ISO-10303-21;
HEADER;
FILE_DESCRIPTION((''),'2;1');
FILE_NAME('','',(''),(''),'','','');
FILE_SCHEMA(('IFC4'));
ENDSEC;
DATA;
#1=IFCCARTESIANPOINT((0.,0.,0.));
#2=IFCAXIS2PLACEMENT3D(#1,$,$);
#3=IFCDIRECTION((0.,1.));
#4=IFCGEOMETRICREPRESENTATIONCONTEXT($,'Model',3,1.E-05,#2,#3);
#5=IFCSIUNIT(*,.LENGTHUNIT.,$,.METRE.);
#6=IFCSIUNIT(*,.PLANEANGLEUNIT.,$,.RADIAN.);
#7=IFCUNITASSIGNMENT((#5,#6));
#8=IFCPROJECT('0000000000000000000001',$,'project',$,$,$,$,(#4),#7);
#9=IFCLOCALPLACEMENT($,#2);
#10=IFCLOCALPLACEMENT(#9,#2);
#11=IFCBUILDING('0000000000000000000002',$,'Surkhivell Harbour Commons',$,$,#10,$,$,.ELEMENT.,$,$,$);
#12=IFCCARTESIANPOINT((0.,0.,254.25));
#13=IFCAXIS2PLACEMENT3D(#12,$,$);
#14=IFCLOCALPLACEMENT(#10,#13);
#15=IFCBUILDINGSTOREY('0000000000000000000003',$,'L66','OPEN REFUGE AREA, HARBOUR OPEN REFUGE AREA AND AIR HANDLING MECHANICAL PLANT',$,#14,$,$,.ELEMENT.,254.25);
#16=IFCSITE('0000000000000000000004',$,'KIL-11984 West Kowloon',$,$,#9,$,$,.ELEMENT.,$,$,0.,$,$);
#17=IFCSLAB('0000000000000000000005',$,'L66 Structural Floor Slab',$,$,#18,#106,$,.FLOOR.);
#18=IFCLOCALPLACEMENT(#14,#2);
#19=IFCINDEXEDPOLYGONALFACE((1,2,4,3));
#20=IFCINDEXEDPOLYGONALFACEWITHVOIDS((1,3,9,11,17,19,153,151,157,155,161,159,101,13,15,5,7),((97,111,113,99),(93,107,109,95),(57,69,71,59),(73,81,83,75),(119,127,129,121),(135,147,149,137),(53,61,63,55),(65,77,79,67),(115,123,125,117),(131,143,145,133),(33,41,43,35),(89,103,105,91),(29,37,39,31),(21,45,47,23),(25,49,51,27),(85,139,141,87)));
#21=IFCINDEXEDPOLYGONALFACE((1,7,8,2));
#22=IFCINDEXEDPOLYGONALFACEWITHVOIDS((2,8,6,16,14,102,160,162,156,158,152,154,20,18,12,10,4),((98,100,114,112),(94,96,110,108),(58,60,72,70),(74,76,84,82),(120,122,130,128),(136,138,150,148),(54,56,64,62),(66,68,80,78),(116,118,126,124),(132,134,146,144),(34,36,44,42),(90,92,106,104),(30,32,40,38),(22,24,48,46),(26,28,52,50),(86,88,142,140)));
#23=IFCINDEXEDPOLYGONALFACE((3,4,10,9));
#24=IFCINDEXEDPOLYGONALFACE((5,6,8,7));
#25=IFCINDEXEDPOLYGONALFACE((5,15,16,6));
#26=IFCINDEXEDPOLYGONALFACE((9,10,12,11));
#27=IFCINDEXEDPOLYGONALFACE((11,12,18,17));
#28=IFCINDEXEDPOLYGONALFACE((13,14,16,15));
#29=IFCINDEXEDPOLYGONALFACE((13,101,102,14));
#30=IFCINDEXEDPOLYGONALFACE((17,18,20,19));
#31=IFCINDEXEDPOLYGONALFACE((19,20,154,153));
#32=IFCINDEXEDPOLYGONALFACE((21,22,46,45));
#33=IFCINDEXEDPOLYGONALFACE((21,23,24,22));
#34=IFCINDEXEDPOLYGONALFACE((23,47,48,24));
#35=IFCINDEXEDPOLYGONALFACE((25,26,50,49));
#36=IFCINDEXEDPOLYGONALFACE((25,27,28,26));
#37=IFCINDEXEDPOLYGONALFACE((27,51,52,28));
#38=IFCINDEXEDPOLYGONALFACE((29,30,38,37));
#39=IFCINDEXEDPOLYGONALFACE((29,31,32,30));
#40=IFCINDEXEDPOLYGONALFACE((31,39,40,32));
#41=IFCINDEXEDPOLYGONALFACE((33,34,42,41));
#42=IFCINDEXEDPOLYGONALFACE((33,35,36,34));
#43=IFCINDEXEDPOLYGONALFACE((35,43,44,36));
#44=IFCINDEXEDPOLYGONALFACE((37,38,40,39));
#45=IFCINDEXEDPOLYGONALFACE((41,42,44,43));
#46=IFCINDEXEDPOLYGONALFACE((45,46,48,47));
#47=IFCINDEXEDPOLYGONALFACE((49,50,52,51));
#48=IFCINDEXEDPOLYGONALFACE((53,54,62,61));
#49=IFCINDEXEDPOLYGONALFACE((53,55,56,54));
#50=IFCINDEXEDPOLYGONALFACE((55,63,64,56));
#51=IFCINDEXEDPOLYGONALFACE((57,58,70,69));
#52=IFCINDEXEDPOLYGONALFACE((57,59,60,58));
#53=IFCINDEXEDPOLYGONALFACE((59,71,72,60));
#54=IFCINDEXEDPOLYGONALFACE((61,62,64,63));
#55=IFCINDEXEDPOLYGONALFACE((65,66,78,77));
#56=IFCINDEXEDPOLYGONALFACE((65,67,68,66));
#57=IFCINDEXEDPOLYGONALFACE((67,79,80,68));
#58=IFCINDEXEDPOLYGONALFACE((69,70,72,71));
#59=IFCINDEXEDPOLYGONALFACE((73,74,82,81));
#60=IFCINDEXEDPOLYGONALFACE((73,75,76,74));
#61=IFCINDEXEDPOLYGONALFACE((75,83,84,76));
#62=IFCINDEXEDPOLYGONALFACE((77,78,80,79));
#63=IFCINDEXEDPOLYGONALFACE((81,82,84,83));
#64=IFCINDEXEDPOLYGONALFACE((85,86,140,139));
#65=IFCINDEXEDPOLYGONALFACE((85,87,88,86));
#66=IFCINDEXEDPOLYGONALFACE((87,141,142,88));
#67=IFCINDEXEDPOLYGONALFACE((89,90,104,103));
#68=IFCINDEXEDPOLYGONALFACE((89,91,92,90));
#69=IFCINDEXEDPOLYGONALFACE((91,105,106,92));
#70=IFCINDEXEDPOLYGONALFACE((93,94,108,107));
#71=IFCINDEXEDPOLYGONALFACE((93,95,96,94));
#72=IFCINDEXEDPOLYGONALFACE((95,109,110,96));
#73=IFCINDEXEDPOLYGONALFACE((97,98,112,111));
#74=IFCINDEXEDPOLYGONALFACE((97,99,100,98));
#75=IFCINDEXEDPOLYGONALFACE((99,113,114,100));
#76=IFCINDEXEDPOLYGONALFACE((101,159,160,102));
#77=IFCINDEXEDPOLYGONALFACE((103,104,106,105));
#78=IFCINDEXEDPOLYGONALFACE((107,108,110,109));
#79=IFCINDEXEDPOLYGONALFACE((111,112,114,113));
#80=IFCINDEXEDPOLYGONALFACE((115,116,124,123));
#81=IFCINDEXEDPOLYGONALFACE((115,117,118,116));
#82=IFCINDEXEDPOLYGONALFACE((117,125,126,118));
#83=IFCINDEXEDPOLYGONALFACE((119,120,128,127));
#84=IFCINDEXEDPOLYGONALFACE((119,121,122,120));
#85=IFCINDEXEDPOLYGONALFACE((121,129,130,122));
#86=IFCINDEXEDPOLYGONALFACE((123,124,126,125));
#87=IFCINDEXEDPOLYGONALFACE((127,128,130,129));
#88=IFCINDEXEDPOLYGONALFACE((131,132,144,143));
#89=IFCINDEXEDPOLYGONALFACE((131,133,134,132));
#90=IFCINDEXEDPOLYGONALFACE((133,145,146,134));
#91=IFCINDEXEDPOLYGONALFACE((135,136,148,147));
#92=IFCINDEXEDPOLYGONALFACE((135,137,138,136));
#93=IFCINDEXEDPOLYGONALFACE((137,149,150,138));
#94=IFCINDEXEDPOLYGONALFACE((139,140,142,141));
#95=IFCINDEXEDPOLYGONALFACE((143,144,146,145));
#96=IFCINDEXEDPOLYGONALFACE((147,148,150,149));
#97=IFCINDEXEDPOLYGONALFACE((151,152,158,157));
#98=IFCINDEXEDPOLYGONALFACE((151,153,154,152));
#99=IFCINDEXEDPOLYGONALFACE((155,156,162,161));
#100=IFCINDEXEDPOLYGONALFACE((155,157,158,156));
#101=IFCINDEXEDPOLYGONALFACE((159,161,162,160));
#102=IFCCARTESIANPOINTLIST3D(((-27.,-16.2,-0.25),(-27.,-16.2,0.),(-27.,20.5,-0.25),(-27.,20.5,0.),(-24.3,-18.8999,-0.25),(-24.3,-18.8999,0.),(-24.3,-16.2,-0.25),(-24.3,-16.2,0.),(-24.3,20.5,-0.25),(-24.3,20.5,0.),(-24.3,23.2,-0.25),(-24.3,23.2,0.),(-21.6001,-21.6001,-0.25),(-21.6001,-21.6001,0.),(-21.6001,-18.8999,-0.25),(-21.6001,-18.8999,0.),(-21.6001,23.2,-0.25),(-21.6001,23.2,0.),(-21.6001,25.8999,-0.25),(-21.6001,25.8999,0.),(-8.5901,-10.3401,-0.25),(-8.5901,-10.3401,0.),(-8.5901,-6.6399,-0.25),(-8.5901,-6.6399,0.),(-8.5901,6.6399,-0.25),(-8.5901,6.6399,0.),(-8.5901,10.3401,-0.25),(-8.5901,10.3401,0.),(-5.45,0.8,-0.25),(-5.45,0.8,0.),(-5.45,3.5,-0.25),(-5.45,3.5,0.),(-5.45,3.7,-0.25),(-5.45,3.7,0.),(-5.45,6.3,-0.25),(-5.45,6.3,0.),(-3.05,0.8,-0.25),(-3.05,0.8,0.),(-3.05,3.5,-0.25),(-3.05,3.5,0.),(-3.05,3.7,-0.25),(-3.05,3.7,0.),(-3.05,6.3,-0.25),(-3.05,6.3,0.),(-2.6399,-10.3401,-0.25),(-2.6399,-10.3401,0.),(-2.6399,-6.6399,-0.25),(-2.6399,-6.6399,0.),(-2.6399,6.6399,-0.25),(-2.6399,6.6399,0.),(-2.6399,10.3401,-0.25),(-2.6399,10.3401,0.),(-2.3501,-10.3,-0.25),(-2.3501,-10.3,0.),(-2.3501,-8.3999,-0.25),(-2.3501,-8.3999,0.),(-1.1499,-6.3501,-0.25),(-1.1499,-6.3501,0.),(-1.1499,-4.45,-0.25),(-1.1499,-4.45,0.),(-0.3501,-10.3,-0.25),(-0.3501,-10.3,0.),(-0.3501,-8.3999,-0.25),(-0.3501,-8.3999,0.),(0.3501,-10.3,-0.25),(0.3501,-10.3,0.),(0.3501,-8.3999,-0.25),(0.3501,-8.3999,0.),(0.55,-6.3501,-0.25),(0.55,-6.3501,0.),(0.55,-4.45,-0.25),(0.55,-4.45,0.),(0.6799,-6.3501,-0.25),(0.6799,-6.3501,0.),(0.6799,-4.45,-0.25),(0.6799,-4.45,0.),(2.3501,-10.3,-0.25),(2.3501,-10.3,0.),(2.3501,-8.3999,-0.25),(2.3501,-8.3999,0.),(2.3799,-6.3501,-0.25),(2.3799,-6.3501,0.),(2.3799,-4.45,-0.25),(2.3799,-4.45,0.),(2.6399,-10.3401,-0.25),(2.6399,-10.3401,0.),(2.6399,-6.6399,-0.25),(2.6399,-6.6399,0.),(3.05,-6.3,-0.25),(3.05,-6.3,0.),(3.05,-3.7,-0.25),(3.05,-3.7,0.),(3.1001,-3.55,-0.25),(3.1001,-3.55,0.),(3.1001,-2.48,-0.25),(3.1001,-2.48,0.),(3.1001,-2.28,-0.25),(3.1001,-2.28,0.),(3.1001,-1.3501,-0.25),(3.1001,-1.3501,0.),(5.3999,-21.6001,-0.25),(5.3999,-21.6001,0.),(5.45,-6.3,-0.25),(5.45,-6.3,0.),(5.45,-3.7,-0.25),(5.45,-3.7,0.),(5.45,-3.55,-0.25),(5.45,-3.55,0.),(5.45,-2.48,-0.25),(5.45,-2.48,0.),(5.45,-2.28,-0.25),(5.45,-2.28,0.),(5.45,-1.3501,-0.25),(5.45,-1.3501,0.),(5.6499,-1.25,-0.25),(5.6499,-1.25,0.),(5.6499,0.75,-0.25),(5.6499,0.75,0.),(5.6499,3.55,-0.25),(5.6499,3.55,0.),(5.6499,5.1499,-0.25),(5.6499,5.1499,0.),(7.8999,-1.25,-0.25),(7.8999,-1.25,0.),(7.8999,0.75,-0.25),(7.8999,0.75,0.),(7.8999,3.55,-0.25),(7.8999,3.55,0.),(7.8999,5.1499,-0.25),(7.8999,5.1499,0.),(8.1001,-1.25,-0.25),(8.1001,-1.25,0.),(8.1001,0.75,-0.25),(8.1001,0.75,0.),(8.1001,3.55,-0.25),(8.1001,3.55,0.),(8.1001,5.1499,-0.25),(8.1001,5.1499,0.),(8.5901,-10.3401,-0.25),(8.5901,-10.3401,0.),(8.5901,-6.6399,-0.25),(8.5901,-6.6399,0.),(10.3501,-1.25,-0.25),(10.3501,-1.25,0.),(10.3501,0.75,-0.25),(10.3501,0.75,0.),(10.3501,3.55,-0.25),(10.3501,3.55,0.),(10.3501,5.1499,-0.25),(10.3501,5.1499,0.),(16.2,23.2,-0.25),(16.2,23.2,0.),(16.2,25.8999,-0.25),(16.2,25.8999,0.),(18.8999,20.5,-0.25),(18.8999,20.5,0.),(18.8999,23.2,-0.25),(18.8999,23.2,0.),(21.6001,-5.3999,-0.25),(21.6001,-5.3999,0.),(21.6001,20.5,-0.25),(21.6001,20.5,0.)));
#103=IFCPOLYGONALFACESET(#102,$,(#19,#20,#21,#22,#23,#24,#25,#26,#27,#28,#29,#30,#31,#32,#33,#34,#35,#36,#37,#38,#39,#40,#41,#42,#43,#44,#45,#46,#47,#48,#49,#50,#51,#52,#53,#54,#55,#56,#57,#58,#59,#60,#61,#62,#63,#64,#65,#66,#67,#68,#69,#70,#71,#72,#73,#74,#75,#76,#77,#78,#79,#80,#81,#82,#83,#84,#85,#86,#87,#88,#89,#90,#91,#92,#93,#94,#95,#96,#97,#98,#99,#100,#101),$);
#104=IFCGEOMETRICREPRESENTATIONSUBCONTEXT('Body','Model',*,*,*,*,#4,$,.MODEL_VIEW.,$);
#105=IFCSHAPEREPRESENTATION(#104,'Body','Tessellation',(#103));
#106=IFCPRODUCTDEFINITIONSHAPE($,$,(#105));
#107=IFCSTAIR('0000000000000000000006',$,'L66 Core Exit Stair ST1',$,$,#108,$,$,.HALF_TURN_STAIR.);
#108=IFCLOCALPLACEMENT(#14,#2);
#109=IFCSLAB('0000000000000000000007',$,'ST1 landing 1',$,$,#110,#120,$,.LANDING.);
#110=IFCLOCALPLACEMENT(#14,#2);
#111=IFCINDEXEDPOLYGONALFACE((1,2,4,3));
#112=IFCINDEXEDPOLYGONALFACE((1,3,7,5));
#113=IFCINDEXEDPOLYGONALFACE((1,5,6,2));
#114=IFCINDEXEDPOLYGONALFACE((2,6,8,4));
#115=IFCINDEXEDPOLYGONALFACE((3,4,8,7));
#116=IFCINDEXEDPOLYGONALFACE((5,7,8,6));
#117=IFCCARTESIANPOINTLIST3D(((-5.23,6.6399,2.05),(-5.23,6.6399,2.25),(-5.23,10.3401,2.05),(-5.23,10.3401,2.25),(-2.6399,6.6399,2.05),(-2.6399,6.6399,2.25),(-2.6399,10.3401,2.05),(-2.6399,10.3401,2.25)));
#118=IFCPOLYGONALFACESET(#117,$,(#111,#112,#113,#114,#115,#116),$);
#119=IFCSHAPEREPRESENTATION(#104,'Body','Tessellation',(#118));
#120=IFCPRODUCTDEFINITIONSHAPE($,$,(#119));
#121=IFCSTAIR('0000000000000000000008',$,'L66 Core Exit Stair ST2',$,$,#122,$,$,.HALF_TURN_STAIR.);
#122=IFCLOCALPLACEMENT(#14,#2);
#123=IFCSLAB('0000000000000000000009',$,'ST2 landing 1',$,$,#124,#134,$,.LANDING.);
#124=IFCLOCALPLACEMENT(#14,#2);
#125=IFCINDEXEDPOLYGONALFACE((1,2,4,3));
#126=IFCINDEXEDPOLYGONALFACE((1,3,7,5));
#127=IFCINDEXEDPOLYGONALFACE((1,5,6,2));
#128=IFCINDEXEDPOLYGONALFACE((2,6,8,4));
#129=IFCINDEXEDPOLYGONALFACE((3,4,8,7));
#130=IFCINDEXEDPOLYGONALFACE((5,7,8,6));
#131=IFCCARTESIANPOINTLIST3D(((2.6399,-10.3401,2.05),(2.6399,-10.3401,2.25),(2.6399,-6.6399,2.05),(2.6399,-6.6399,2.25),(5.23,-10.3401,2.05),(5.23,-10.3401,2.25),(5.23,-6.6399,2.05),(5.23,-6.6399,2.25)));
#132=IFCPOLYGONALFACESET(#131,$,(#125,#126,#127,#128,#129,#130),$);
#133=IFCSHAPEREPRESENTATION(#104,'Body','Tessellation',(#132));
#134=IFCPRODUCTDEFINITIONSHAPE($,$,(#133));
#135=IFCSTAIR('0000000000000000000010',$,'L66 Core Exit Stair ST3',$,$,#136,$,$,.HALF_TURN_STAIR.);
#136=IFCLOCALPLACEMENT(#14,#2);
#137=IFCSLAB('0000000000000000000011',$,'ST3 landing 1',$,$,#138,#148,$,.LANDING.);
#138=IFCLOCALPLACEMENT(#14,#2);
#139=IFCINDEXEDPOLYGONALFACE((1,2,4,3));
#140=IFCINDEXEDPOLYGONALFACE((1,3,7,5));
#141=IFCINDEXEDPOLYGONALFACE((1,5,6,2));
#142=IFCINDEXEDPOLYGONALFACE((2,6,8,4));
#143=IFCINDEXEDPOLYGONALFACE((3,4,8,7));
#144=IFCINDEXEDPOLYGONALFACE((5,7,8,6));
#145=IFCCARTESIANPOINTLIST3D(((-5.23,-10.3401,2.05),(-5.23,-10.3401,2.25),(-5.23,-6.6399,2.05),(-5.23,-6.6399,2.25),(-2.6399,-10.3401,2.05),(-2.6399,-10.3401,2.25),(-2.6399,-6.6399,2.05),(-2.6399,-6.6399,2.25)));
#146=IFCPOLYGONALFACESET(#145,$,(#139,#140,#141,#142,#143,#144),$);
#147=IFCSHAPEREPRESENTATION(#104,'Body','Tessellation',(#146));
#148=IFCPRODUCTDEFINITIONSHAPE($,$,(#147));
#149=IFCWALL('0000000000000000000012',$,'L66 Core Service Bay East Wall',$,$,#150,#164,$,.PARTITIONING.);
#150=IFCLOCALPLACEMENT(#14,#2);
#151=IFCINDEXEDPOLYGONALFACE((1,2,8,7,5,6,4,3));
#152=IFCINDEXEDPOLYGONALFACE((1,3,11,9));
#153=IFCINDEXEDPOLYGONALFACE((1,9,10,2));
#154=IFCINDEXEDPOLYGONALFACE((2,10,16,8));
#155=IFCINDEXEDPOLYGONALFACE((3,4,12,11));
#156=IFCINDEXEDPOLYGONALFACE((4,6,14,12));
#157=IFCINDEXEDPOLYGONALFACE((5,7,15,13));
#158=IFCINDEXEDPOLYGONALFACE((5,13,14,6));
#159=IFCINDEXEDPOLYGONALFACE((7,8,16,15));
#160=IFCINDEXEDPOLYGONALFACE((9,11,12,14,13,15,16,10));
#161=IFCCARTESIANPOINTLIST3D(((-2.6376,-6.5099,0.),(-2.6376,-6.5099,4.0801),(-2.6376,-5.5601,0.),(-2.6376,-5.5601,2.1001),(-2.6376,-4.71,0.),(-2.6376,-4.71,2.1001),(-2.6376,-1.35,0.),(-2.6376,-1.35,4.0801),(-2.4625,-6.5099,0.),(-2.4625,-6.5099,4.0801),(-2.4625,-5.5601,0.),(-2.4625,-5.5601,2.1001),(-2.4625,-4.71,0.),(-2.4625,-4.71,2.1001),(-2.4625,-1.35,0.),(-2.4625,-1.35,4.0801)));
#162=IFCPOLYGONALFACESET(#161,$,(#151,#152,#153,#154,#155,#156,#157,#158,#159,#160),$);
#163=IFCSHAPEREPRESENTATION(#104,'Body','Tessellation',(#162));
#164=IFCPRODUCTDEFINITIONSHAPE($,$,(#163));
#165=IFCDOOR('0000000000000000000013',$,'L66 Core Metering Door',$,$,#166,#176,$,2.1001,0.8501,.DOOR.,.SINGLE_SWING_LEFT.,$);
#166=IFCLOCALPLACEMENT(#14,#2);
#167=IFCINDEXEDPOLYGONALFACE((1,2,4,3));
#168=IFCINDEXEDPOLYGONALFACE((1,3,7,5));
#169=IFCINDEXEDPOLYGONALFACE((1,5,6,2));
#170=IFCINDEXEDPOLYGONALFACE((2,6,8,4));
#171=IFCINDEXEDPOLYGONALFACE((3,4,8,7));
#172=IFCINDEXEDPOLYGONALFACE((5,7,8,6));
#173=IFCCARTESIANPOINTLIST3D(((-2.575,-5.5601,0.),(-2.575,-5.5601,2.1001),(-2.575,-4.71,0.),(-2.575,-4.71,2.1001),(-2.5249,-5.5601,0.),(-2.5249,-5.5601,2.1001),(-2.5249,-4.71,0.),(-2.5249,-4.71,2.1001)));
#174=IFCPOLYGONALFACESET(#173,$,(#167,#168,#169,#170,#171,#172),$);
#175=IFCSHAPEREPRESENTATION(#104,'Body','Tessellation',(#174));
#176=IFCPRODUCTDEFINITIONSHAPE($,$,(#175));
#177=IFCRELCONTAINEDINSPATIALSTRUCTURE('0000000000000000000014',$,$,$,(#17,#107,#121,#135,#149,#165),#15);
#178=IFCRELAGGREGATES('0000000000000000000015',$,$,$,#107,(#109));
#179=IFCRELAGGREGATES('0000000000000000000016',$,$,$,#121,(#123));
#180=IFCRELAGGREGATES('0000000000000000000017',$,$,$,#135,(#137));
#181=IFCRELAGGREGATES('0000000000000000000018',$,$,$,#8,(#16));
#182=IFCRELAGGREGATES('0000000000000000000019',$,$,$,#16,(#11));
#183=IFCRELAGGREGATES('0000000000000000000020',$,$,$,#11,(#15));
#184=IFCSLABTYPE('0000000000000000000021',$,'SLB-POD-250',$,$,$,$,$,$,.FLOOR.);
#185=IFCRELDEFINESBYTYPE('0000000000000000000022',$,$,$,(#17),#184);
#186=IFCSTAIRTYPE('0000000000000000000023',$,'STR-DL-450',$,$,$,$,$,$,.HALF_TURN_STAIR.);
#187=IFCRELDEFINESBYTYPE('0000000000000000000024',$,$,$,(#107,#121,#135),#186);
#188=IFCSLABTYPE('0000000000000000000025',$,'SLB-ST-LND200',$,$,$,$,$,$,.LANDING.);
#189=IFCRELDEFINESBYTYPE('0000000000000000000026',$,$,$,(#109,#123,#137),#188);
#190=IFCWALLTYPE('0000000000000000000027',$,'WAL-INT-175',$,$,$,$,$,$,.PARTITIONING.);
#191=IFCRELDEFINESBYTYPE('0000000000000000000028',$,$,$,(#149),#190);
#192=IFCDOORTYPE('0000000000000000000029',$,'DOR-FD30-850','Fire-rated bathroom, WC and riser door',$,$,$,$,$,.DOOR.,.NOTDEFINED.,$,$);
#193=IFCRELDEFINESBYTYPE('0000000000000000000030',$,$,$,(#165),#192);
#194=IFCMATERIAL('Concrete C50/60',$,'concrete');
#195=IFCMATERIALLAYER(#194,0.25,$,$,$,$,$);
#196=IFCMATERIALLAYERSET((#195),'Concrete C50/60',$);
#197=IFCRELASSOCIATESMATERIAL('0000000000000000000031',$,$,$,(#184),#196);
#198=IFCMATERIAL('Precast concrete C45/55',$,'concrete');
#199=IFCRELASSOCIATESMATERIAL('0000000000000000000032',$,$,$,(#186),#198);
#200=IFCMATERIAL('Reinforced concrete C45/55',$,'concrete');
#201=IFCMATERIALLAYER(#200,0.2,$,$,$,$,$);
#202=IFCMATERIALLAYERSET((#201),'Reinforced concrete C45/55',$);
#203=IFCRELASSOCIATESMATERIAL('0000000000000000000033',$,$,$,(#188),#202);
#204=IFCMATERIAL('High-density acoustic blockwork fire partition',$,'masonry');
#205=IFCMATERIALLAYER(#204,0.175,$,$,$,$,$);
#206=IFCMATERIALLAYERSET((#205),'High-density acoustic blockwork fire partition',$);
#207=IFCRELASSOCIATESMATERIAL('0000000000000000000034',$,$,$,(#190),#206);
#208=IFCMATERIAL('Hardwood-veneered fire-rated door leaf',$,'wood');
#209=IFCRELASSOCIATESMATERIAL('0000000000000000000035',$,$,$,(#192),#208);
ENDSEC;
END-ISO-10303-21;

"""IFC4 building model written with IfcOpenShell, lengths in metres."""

from ifc_helpers import new_model, si_unit, direction, frame, frame_2d, origin, place, context, subcontext, project, spatial, polyline, rectangle, outline, extrude, material, layer, layer_set, type_object, element, fill, aggregate, save


model = new_model("IFC4")

# Units and contexts
model_context = context("Model", 3, precision=1e-05, world=origin(), true_north=direction((0.0, 1.0)))
body_context = subcontext(model_context, "Body", "Model", "MODEL_VIEW")
ifc_project = project(units=[si_unit("LENGTHUNIT", "METRE"), si_unit("PLANEANGLEUNIT", "RADIAN")], contexts=[model_context])

# Site, building, storey
site_placement = place(None, origin())
site = spatial("IfcSite", under=ifc_project, at=site_placement, Name="KIL-11984 West Kowloon", CompositionType="ELEMENT", RefElevation=0.0)
building_placement = place(site_placement, origin())
building = spatial("IfcBuilding", under=site, at=building_placement, Name="Surkhivell Harbour Commons", CompositionType="ELEMENT")
storey_placement = place(building_placement, frame((0.0, 0.0, 254.25)))
storey = spatial("IfcBuildingStorey", under=building, at=storey_placement, Name="L66", Description="OPEN REFUGE AREA, HARBOUR OPEN REFUGE AREA AND AIR HANDLING MECHANICAL PLANT", CompositionType="ELEMENT", Elevation=254.25)

# Slab
ifc_material_1 = material(Name="Concrete C50/60", Category="concrete")
ifc_layer_1 = layer(ifc_material_1, 0.25)
ifc_layer_set_1 = layer_set([ifc_layer_1], Name="Concrete C50/60")
slab_type_1 = type_object("IfcSlabType", Name="SLB-POD-250", PredefinedType="FLOOR", material=ifc_layer_set_1)
slab_1_placement = place(storey_placement, frame((0.0, 0.0, -0.25)))
element("IfcSlab", 1, at=slab_1_placement, inside=storey, type_object=slab_type_1, Name="L66 Structural Floor Slab", PredefinedType="FLOOR", context=body_context, shape_type="SweptSolid", body=[
    extrude(outline(polyline([(-21.6001, -21.6001), (5.3999, -21.6001), (21.6001, -5.3999), (21.6001, 20.5), (18.8999, 20.5), (18.8999, 23.2), (16.2, 23.2), (16.2, 25.8999), (-21.6001, 25.8999), (-21.6001, 23.2), (-24.3, 23.2), (-24.3, 20.5), (-27.0, 20.5), (-27.0, -16.2), (-24.3, -16.2), (-24.3, -18.8999), (-21.6001, -18.8999), (-21.6001, -21.6001)]), holes=[polyline([(-8.5901, 6.6399), (-2.6399, 6.6399), (-2.6399, 10.3401), (-8.5901, 10.3401), (-8.5901, 6.6399)]), polyline([(8.5901, -6.6399), (2.6399, -6.6399), (2.6399, -10.3401), (8.5901, -10.3401), (8.5901, -6.6399)]), polyline([(-8.5901, -10.3401), (-2.6399, -10.3401), (-2.6399, -6.6399), (-8.5901, -6.6399), (-8.5901, -10.3401)]), polyline([(5.6499, 3.55), (7.8999, 3.55), (7.8999, 5.1499), (5.6499, 5.1499), (5.6499, 3.55)]), polyline([(8.1001, 3.55), (10.3501, 3.55), (10.3501, 5.1499), (8.1001, 5.1499), (8.1001, 3.55)]), polyline([(5.6499, -1.25), (7.8999, -1.25), (7.8999, 0.75), (5.6499, 0.75), (5.6499, -1.25)]), polyline([(8.1001, -1.25), (10.3501, -1.25), (10.3501, 0.75), (8.1001, 0.75), (8.1001, -1.25)]), polyline([(-1.1499, -6.3501), (0.55, -6.3501), (0.55, -4.45), (-1.1499, -4.45), (-1.1499, -6.3501)]), polyline([(0.6799, -6.3501), (2.3799, -6.3501), (2.3799, -4.45), (0.6799, -4.45), (0.6799, -6.3501)]), polyline([(-2.3501, -10.3), (-0.3501, -10.3), (-0.3501, -8.3999), (-2.3501, -8.3999), (-2.3501, -10.3)]), polyline([(0.3501, -10.3), (2.3501, -10.3), (2.3501, -8.3999), (0.3501, -8.3999), (0.3501, -10.3)]), polyline([(-5.45, 3.7), (-3.05, 3.7), (-3.05, 6.3), (-5.45, 6.3), (-5.45, 3.7)]), polyline([(3.05, -6.3), (5.45, -6.3), (5.45, -3.7), (3.05, -3.7), (3.05, -6.3)]), polyline([(-5.45, 0.8), (-3.05, 0.8), (-3.05, 3.5), (-5.45, 3.5), (-5.45, 0.8)]), polyline([(3.1001, -3.55), (5.45, -3.55), (5.45, -2.48), (3.1001, -2.48), (3.1001, -3.55)]), polyline([(3.1001, -2.28), (5.45, -2.28), (5.45, -1.3501), (3.1001, -1.3501), (3.1001, -2.28)])]), origin(), (0.0, 0.0, 1.0), 0.25),
])

# Stairs, slabs
ifc_material_2 = material(Name="Precast concrete C45/55", Category="concrete")
stair_type = type_object("IfcStairType", Name="STR-DL-450", PredefinedType="HALF_TURN_STAIR", material=ifc_material_2)
stair_1_placement = place(storey_placement, origin())
stair_1 = element("IfcStair", 2, at=stair_1_placement, inside=storey, type_object=stair_type, Name="L66 Core Exit Stair ST1", PredefinedType="HALF_TURN_STAIR")
ifc_material_3 = material(Name="Reinforced concrete C45/55", Category="concrete")
ifc_layer_2 = layer(ifc_material_3, 0.2)
ifc_layer_set_2 = layer_set([ifc_layer_2], Name="Reinforced concrete C45/55")
slab_type_2 = type_object("IfcSlabType", Name="SLB-ST-LND200", PredefinedType="LANDING", material=ifc_layer_set_2)
slab_2_placement = place(storey_placement, frame((0.0, 0.0, 2.05)))
slab_2 = element("IfcSlab", 3, at=slab_2_placement, type_object=slab_type_2, Name="ST1 landing 1", PredefinedType="LANDING", context=body_context, shape_type="SweptSolid", body=[
    extrude(outline(polyline([(-5.23, 6.6399), (-2.6399, 6.6399), (-2.6399, 10.3401), (-5.23, 10.3401), (-5.23, 6.6399)])), origin(), (0.0, 0.0, 1.0), 0.2),
])
aggregate(stair_1, [slab_2])
stair_2_placement = place(storey_placement, origin())
stair_2 = element("IfcStair", 4, at=stair_2_placement, inside=storey, type_object=stair_type, Name="L66 Core Exit Stair ST2", PredefinedType="HALF_TURN_STAIR")
slab_3_placement = place(storey_placement, frame((0.0, 0.0, 2.05)))
slab_3 = element("IfcSlab", 5, at=slab_3_placement, type_object=slab_type_2, Name="ST2 landing 1", PredefinedType="LANDING", context=body_context, shape_type="SweptSolid", body=[
    extrude(outline(polyline([(5.23, -6.6399), (2.6399, -6.6399), (2.6399, -10.3401), (5.23, -10.3401), (5.23, -6.6399)])), origin(), (0.0, 0.0, 1.0), 0.2),
])
aggregate(stair_2, [slab_3])
stair_3_placement = place(storey_placement, origin())
stair_3 = element("IfcStair", 6, at=stair_3_placement, inside=storey, type_object=stair_type, Name="L66 Core Exit Stair ST3", PredefinedType="HALF_TURN_STAIR")
slab_4_placement = place(storey_placement, frame((0.0, 0.0, 2.05)))
slab_4 = element("IfcSlab", 7, at=slab_4_placement, type_object=slab_type_2, Name="ST3 landing 1", PredefinedType="LANDING", context=body_context, shape_type="SweptSolid", body=[
    extrude(outline(polyline([(-5.23, -10.3401), (-2.6399, -10.3401), (-2.6399, -6.6399), (-5.23, -6.6399), (-5.23, -10.3401)])), origin(), (0.0, 0.0, 1.0), 0.2),
])
aggregate(stair_3, [slab_4])

# Wall, opening, door
ifc_material_4 = material(Name="High-density acoustic blockwork fire partition", Category="masonry")
ifc_layer_3 = layer(ifc_material_4, 0.175)
ifc_layer_set_3 = layer_set([ifc_layer_3], Name="High-density acoustic blockwork fire partition")
wall_type_1 = type_object("IfcWallType", Name="WAL-INT-175", PredefinedType="PARTITIONING", material=ifc_layer_set_3)
wall_1_placement = place(storey_placement, frame((-2.55, -6.51, 0.0), z_axis=(0.0, 0.0, 1.0), x_axis=(0.0, 1.0, 0.0)))
wall_1 = element("IfcWall", 8, at=wall_1_placement, inside=storey, type_object=wall_type_1, Name="L66 Core Service Bay East Wall", PredefinedType="PARTITIONING", context=body_context, shape_type="SweptSolid", body=[
    extrude(rectangle(XDim=5.1599, YDim=0.175, at=frame_2d((2.5801, 0.0))), origin(), (0.0, 0.0, 1.0), 4.0801),
])
opening_1_placement = place(wall_1_placement, frame((0.95, 0.0, 0.0)))
opening_1 = element("IfcOpeningElement", 9, at=opening_1_placement, cuts=wall_1, PredefinedType="OPENING", context=body_context, shape_type="SweptSolid", body=[
    extrude(rectangle(XDim=0.8501, YDim=2.1001, at=frame_2d((0.425, 1.05))), frame((0.0, 0.0974, 0.0), z_axis=(0.0, -1.0, 0.0), x_axis=(1.0, 0.0, 0.0)), (0.0, 0.0, 1.0), 0.1951),
])
ifc_material_5 = material(Name="Hardwood-veneered fire-rated door leaf", Category="wood")
door_type_1 = type_object("IfcDoorType", Name="DOR-FD30-850", Description="Fire-rated bathroom, WC and riser door", OperationType="NOTDEFINED", PredefinedType="DOOR", material=ifc_material_5)
door_1_placement = place(opening_1_placement, origin())
door_1 = element("IfcDoor", 10, at=door_1_placement, inside=storey, type_object=door_type_1, Name="L66 Core Metering Door", OperationType="SINGLE_SWING_LEFT", OverallHeight=2.1001, OverallWidth=0.8501, PredefinedType="DOOR", context=body_context, shape_type="SweptSolid", body=[
    extrude(rectangle(XDim=0.8501, YDim=2.1001, at=frame_2d((0.425, 1.05))), frame((0.0, 0.0249, 0.0), z_axis=(0.0, -1.0, 0.0), x_axis=(1.0, 0.0, 0.0)), (0.0, 0.0, 1.0), 0.05),
])
fill(opening_1, door_1)

save(model, "model.ifc")
